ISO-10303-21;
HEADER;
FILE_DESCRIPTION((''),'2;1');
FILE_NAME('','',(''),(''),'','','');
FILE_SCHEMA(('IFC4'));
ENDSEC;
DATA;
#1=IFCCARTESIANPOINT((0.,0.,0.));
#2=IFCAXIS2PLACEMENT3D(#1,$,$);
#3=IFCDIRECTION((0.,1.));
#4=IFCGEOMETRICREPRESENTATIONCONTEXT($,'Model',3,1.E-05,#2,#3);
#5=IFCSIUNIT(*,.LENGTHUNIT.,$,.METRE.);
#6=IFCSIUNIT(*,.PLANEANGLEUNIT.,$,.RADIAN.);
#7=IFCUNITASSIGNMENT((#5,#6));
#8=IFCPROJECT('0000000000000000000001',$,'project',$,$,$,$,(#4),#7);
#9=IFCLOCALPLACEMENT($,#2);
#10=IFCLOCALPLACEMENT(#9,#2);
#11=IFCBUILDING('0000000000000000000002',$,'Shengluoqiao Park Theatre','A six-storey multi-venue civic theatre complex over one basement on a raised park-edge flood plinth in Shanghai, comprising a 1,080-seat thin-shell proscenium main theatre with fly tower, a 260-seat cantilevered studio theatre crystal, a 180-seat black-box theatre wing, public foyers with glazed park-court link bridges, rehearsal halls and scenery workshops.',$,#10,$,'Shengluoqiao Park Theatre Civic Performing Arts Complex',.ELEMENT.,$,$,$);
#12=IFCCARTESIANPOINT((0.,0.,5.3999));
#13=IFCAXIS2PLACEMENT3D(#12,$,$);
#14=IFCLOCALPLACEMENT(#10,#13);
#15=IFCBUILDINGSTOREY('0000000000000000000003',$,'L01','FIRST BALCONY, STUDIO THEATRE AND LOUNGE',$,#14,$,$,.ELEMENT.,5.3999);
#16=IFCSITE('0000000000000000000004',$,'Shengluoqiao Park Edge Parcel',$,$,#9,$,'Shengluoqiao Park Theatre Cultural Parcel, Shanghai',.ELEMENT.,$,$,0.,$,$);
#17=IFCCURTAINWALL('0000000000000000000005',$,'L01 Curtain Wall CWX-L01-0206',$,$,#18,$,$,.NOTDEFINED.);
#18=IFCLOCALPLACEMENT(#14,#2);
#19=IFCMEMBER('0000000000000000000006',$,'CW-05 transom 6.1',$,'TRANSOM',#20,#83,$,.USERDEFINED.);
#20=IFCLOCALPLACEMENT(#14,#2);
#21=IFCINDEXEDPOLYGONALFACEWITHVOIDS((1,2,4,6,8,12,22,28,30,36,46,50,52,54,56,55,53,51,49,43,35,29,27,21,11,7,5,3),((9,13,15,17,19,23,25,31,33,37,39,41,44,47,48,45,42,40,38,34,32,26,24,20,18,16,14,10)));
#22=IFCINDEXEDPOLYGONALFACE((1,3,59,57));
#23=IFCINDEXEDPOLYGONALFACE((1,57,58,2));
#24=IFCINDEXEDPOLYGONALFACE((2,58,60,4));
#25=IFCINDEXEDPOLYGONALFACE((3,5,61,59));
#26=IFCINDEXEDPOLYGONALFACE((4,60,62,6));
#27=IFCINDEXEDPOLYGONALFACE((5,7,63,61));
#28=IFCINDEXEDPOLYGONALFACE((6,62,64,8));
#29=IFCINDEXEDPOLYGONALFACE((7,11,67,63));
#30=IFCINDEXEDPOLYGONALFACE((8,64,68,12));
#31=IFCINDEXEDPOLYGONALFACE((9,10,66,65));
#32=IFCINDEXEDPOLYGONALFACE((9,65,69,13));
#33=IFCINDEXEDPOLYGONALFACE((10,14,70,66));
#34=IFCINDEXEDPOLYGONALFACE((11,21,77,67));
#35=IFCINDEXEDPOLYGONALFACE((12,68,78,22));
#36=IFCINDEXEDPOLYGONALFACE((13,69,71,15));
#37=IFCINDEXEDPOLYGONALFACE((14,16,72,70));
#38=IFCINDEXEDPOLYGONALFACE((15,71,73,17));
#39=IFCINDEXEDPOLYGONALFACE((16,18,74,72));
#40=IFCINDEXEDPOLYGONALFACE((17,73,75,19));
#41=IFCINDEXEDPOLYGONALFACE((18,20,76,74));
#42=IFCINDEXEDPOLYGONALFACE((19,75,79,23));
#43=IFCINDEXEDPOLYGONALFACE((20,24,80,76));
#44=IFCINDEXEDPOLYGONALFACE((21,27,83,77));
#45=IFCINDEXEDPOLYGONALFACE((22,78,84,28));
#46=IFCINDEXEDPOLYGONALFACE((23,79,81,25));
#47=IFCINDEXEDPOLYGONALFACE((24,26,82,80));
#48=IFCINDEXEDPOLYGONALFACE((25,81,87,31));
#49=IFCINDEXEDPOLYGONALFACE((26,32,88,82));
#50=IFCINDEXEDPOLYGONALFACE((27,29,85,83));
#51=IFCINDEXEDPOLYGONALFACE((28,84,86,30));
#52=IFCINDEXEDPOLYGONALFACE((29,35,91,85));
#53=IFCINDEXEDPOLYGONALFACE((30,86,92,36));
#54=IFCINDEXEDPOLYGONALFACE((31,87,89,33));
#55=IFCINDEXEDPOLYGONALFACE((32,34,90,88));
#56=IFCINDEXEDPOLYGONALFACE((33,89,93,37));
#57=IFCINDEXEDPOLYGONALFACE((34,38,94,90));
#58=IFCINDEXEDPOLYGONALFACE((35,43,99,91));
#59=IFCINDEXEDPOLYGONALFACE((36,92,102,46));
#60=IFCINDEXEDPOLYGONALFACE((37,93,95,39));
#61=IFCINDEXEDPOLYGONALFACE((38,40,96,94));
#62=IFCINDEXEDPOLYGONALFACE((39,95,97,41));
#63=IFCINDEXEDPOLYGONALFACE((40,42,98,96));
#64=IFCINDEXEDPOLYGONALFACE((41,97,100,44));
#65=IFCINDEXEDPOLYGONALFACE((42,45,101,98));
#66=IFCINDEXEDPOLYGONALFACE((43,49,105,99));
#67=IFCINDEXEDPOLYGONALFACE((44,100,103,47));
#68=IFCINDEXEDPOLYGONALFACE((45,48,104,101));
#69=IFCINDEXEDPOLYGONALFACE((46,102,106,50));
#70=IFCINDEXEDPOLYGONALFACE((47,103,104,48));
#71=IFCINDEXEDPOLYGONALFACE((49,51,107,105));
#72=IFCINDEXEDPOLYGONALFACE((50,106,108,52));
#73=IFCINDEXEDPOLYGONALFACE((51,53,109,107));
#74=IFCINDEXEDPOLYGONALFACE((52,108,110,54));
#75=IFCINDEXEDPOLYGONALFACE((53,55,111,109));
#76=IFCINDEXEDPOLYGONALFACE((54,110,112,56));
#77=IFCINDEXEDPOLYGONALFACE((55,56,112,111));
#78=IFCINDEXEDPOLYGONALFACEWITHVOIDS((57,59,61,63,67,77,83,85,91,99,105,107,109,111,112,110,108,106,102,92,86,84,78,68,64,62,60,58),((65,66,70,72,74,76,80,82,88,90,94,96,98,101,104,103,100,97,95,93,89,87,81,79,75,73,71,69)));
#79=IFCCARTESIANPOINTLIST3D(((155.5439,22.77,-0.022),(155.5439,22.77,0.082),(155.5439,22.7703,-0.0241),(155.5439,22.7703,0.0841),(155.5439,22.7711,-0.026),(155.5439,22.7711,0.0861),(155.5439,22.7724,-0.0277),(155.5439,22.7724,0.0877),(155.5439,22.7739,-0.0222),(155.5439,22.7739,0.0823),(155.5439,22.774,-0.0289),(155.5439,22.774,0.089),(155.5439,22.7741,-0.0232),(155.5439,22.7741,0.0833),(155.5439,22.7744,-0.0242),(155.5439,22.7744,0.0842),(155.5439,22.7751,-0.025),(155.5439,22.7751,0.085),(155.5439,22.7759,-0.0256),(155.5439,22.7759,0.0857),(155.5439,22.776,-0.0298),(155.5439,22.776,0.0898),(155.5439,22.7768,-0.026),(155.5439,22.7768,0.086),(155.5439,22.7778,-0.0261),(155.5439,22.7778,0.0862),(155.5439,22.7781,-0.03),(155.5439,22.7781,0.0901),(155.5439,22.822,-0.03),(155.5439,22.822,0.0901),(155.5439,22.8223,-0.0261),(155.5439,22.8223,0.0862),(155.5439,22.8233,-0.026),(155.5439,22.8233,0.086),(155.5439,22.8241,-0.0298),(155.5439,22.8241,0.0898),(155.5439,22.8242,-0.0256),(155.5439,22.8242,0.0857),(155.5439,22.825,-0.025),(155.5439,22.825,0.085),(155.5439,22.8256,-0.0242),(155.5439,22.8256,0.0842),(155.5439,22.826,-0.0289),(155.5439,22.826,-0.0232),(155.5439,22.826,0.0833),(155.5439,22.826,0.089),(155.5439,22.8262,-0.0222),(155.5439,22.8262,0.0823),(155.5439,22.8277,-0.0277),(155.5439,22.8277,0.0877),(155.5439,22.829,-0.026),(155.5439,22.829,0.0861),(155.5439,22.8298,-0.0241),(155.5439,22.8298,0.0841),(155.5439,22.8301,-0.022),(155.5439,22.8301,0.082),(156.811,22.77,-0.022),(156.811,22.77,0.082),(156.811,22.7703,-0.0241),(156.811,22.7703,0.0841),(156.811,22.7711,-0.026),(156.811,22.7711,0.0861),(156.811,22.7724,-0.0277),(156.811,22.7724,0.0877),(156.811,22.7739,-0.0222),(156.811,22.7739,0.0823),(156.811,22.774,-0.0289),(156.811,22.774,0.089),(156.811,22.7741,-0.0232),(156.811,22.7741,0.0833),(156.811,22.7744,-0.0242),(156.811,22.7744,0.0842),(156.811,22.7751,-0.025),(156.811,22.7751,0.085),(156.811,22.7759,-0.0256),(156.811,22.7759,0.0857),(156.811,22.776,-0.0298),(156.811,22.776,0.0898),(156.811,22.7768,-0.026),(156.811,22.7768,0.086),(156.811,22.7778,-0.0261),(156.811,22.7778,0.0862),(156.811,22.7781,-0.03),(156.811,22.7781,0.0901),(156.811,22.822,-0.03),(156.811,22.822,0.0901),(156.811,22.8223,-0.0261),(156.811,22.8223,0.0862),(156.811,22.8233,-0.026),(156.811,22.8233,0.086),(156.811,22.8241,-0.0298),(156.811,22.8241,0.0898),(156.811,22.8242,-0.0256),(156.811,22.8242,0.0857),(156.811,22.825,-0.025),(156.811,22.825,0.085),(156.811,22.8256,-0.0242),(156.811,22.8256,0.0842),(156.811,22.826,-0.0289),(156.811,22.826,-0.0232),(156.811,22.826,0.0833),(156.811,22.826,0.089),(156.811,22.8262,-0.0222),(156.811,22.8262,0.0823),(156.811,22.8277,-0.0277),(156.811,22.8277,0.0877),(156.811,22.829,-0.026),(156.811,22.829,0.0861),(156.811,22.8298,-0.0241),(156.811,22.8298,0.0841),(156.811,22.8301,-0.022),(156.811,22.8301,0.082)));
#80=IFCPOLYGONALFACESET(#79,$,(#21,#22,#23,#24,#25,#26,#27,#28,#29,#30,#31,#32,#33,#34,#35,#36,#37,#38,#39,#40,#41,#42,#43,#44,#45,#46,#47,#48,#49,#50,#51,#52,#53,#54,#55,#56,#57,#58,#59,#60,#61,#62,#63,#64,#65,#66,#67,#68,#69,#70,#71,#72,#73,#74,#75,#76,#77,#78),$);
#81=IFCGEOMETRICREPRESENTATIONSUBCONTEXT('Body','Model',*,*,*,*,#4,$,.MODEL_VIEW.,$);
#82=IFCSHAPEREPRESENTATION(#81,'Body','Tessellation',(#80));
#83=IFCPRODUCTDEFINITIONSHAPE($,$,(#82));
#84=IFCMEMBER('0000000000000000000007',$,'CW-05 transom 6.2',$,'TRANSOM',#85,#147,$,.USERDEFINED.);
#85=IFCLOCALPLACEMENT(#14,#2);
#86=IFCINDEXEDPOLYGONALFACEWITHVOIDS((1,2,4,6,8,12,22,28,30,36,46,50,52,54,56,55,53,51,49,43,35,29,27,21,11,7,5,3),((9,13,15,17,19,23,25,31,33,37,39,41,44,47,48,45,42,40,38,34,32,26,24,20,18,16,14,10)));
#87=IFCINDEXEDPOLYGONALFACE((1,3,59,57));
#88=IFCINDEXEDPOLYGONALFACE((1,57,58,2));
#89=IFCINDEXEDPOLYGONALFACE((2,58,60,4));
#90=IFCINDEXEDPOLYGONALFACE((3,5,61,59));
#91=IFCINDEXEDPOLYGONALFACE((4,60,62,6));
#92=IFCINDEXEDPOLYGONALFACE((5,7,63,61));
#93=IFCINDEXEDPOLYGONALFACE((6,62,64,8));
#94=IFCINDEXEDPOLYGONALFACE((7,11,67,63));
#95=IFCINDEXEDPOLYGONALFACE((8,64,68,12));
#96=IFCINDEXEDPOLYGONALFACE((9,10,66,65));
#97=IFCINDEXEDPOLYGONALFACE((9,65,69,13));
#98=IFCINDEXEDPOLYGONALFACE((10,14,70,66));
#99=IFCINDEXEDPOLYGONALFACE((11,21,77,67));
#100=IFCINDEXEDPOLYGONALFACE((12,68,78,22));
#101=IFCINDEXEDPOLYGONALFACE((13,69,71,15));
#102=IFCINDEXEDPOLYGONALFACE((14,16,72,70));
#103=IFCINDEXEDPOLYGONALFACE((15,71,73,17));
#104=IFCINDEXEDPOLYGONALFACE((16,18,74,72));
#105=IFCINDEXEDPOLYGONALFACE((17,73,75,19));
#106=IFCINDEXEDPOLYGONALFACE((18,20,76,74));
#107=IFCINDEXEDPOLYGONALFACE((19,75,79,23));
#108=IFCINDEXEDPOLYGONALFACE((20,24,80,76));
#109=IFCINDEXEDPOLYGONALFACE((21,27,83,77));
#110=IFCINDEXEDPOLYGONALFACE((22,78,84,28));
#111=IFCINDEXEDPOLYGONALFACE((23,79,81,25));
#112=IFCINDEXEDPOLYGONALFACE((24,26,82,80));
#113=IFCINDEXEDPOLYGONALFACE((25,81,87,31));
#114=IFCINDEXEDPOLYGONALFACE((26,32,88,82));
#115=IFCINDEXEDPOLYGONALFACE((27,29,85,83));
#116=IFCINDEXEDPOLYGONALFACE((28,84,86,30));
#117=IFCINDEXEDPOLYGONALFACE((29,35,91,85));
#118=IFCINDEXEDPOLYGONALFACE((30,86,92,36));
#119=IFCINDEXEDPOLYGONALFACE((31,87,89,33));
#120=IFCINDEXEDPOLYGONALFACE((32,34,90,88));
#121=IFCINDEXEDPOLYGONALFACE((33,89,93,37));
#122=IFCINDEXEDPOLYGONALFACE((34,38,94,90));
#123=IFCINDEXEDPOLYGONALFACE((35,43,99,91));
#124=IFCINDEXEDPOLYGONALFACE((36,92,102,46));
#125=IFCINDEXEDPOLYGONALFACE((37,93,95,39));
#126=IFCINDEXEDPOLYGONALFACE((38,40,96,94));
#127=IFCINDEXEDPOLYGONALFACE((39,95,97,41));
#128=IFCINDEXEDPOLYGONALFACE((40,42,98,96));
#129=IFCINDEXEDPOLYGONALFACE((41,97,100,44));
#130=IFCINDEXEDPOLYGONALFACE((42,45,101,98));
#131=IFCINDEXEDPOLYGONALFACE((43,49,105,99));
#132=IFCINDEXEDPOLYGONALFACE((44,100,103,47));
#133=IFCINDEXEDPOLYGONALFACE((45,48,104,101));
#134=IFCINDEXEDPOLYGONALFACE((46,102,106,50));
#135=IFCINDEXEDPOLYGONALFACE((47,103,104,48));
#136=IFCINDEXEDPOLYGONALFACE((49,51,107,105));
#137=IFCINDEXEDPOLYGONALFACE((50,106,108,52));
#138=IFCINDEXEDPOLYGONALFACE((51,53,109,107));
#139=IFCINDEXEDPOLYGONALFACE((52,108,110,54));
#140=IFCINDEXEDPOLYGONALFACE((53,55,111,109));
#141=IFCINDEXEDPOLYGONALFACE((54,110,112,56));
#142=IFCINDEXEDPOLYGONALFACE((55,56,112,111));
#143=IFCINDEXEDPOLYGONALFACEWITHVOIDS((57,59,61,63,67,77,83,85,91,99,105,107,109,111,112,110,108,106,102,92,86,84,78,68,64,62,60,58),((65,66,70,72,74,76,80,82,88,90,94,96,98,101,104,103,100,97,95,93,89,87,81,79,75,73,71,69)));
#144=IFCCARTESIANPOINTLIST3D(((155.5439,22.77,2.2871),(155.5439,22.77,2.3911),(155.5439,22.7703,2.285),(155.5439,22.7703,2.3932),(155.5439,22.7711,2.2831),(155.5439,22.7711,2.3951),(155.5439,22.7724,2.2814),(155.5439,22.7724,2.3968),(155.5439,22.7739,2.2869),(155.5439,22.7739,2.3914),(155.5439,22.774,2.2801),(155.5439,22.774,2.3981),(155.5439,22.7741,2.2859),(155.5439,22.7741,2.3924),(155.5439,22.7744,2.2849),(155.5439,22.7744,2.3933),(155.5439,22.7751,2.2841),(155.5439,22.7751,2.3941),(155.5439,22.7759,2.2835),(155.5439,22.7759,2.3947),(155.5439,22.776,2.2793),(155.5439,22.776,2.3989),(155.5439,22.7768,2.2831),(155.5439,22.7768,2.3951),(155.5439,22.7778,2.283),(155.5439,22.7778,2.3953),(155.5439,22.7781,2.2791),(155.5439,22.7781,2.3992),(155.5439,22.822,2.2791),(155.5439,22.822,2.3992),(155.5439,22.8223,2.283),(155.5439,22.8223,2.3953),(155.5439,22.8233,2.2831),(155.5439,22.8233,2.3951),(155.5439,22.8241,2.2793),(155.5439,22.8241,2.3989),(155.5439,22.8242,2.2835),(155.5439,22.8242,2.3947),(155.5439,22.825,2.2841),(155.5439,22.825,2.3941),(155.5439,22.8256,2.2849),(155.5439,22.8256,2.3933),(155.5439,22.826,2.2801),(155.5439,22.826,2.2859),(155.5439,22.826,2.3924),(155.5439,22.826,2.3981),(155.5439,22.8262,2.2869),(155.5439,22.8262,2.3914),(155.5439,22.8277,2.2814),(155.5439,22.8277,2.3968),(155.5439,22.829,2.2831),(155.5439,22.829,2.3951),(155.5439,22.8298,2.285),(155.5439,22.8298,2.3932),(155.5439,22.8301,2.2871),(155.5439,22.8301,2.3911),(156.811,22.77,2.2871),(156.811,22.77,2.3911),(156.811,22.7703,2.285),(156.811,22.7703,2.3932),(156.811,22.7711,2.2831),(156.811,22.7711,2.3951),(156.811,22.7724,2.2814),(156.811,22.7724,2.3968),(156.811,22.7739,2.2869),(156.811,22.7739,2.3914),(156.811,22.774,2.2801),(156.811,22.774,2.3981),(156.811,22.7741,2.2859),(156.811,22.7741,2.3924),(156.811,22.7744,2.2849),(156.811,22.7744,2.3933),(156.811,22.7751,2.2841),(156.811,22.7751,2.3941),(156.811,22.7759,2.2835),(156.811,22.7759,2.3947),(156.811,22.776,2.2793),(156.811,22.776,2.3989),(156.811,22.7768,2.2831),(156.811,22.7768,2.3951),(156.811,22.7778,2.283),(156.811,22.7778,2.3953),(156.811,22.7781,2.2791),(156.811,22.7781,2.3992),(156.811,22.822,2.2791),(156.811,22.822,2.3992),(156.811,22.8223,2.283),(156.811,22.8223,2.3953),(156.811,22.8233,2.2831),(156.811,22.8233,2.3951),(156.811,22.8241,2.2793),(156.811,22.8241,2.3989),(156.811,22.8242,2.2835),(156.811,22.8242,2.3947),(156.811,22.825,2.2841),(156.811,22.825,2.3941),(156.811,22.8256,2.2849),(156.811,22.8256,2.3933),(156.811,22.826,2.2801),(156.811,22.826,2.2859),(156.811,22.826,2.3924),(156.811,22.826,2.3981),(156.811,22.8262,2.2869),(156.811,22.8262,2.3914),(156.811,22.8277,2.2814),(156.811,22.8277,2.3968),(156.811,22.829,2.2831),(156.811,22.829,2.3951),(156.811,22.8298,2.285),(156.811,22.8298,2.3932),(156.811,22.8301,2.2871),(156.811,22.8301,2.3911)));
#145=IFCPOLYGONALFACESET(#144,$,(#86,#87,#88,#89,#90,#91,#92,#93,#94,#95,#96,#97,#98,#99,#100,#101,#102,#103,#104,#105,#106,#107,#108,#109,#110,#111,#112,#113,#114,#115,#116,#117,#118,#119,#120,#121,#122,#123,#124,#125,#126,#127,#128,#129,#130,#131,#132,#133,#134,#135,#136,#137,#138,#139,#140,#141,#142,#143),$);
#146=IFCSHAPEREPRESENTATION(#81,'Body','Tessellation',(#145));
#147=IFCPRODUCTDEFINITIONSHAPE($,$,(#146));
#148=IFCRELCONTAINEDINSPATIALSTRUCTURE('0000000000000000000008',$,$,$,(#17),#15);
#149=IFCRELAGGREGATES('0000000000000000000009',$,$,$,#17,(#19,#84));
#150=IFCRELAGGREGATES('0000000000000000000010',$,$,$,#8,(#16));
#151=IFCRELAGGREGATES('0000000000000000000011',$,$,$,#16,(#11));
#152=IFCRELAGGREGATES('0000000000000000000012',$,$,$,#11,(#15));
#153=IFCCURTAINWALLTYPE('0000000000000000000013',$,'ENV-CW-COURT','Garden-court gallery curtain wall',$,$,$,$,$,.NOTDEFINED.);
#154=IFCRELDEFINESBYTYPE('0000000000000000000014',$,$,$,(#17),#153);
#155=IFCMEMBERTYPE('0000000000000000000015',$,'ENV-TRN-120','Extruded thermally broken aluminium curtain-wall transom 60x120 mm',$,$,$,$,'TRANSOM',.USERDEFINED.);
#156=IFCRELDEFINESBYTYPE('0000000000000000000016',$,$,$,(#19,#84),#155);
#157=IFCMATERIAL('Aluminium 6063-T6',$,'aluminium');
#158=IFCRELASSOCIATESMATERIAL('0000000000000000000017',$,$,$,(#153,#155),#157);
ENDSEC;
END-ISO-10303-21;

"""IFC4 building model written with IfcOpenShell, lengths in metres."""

from ifc_helpers import new_model, si_unit, direction, frame, origin, origin_2d, place, context, subcontext, project, spatial, hollow_rectangle, extrude, material, material_profile, profile_set, type_object, element, aggregate, save


model = new_model("IFC4")

# Units and contexts
model_context = context("Model", 3, precision=1e-05, world=origin(), true_north=direction((0.0, 1.0)))
body_context = subcontext(model_context, "Body", "Model", "MODEL_VIEW")
ifc_project = project(units=[si_unit("LENGTHUNIT", "METRE"), si_unit("PLANEANGLEUNIT", "RADIAN")], contexts=[model_context])

# Site, building, storey
site_placement = place(None, origin())
site = spatial("IfcSite", under=ifc_project, at=site_placement, Name="Shengluoqiao Park Edge Parcel", LongName="Shengluoqiao Park Theatre Cultural Parcel, Shanghai", CompositionType="ELEMENT", RefElevation=0.0)
building_placement = place(site_placement, origin())
building = spatial("IfcBuilding", under=site, at=building_placement, Name="Shengluoqiao Park Theatre", Description="A six-storey multi-venue civic theatre complex over one basement on a raised park-edge flood plinth in Shanghai, comprising a 1,080-seat thin-shell proscenium main theatre with fly tower, a 260-seat cantilevered studio theatre crystal, a 180-seat black-box theatre wing, public foyers with glazed park-court link bridges, rehearsal halls and scenery workshops.", LongName="Shengluoqiao Park Theatre Civic Performing Arts Complex", CompositionType="ELEMENT")
storey_placement = place(building_placement, frame((0.0, 0.0, 5.3999)))
storey = spatial("IfcBuildingStorey", under=building, at=storey_placement, Name="L01", Description="FIRST BALCONY, STUDIO THEATRE AND LOUNGE", CompositionType="ELEMENT", Elevation=5.3999)

# Curtain wall, members
ifc_material_1 = material(Name="Aluminium 6063-T6", Category="aluminium")
curtain_wall_type = type_object("IfcCurtainWallType", Name="ENV-CW-COURT", Description="Garden-court gallery curtain wall", PredefinedType="NOTDEFINED", material=ifc_material_1)
curtain_wall_placement = place(storey_placement, origin())
curtain_wall = element("IfcCurtainWall", 1, at=curtain_wall_placement, inside=storey, type_object=curtain_wall_type, Name="L01 Curtain Wall CWX-L01-0206", PredefinedType="NOTDEFINED")
ifc_material_profile_1 = material_profile(ifc_material_1, hollow_rectangle(XDim=0.0601, YDim=0.1201, WallThickness=0.0039, InnerFilletRadius=0.0039, OuterFilletRadius=0.0081, at=origin_2d()), Name="ALU TRANSOM 120x60x4")
ifc_profile_set_1 = profile_set([ifc_material_profile_1], Name="Aluminium 6063-T6")
member_type_1 = type_object("IfcMemberType", Name="ENV-TRN-120", Description="Extruded thermally broken aluminium curtain-wall transom 60x120 mm", ElementType="TRANSOM", PredefinedType="USERDEFINED", material=ifc_profile_set_1)
member_1_placement = place(storey_placement, frame((155.5439, 22.8, 0.03), z_axis=(1.0, 0.0, 0.0), x_axis=(0.0, 1.0, 0.0)))
member_1 = element("IfcMember", 2, at=member_1_placement, type_object=member_type_1, Name="CW-05 transom 6.1", ObjectType="TRANSOM", PredefinedType="USERDEFINED", context=body_context, shape_type="SweptSolid", body=[
    extrude(hollow_rectangle(XDim=0.0601, YDim=0.1201, WallThickness=0.0039, InnerFilletRadius=0.0039, OuterFilletRadius=0.0081, at=origin_2d()), origin(), (0.0, 0.0, 1.0), 1.2671),
])
member_2_placement = place(storey_placement, frame((155.5439, 22.8, 2.3391), z_axis=(1.0, 0.0, 0.0), x_axis=(0.0, 1.0, 0.0)))
member_2 = element("IfcMember", 3, at=member_2_placement, type_object=member_type_1, Name="CW-05 transom 6.2", ObjectType="TRANSOM", PredefinedType="USERDEFINED", context=body_context, shape_type="SweptSolid", body=[
    extrude(hollow_rectangle(XDim=0.0601, YDim=0.1201, WallThickness=0.0039, InnerFilletRadius=0.0039, OuterFilletRadius=0.0081, at=origin_2d()), origin(), (0.0, 0.0, 1.0), 1.2671),
])

aggregate(curtain_wall, [member_1, member_2])

save(model, "model.ifc")
